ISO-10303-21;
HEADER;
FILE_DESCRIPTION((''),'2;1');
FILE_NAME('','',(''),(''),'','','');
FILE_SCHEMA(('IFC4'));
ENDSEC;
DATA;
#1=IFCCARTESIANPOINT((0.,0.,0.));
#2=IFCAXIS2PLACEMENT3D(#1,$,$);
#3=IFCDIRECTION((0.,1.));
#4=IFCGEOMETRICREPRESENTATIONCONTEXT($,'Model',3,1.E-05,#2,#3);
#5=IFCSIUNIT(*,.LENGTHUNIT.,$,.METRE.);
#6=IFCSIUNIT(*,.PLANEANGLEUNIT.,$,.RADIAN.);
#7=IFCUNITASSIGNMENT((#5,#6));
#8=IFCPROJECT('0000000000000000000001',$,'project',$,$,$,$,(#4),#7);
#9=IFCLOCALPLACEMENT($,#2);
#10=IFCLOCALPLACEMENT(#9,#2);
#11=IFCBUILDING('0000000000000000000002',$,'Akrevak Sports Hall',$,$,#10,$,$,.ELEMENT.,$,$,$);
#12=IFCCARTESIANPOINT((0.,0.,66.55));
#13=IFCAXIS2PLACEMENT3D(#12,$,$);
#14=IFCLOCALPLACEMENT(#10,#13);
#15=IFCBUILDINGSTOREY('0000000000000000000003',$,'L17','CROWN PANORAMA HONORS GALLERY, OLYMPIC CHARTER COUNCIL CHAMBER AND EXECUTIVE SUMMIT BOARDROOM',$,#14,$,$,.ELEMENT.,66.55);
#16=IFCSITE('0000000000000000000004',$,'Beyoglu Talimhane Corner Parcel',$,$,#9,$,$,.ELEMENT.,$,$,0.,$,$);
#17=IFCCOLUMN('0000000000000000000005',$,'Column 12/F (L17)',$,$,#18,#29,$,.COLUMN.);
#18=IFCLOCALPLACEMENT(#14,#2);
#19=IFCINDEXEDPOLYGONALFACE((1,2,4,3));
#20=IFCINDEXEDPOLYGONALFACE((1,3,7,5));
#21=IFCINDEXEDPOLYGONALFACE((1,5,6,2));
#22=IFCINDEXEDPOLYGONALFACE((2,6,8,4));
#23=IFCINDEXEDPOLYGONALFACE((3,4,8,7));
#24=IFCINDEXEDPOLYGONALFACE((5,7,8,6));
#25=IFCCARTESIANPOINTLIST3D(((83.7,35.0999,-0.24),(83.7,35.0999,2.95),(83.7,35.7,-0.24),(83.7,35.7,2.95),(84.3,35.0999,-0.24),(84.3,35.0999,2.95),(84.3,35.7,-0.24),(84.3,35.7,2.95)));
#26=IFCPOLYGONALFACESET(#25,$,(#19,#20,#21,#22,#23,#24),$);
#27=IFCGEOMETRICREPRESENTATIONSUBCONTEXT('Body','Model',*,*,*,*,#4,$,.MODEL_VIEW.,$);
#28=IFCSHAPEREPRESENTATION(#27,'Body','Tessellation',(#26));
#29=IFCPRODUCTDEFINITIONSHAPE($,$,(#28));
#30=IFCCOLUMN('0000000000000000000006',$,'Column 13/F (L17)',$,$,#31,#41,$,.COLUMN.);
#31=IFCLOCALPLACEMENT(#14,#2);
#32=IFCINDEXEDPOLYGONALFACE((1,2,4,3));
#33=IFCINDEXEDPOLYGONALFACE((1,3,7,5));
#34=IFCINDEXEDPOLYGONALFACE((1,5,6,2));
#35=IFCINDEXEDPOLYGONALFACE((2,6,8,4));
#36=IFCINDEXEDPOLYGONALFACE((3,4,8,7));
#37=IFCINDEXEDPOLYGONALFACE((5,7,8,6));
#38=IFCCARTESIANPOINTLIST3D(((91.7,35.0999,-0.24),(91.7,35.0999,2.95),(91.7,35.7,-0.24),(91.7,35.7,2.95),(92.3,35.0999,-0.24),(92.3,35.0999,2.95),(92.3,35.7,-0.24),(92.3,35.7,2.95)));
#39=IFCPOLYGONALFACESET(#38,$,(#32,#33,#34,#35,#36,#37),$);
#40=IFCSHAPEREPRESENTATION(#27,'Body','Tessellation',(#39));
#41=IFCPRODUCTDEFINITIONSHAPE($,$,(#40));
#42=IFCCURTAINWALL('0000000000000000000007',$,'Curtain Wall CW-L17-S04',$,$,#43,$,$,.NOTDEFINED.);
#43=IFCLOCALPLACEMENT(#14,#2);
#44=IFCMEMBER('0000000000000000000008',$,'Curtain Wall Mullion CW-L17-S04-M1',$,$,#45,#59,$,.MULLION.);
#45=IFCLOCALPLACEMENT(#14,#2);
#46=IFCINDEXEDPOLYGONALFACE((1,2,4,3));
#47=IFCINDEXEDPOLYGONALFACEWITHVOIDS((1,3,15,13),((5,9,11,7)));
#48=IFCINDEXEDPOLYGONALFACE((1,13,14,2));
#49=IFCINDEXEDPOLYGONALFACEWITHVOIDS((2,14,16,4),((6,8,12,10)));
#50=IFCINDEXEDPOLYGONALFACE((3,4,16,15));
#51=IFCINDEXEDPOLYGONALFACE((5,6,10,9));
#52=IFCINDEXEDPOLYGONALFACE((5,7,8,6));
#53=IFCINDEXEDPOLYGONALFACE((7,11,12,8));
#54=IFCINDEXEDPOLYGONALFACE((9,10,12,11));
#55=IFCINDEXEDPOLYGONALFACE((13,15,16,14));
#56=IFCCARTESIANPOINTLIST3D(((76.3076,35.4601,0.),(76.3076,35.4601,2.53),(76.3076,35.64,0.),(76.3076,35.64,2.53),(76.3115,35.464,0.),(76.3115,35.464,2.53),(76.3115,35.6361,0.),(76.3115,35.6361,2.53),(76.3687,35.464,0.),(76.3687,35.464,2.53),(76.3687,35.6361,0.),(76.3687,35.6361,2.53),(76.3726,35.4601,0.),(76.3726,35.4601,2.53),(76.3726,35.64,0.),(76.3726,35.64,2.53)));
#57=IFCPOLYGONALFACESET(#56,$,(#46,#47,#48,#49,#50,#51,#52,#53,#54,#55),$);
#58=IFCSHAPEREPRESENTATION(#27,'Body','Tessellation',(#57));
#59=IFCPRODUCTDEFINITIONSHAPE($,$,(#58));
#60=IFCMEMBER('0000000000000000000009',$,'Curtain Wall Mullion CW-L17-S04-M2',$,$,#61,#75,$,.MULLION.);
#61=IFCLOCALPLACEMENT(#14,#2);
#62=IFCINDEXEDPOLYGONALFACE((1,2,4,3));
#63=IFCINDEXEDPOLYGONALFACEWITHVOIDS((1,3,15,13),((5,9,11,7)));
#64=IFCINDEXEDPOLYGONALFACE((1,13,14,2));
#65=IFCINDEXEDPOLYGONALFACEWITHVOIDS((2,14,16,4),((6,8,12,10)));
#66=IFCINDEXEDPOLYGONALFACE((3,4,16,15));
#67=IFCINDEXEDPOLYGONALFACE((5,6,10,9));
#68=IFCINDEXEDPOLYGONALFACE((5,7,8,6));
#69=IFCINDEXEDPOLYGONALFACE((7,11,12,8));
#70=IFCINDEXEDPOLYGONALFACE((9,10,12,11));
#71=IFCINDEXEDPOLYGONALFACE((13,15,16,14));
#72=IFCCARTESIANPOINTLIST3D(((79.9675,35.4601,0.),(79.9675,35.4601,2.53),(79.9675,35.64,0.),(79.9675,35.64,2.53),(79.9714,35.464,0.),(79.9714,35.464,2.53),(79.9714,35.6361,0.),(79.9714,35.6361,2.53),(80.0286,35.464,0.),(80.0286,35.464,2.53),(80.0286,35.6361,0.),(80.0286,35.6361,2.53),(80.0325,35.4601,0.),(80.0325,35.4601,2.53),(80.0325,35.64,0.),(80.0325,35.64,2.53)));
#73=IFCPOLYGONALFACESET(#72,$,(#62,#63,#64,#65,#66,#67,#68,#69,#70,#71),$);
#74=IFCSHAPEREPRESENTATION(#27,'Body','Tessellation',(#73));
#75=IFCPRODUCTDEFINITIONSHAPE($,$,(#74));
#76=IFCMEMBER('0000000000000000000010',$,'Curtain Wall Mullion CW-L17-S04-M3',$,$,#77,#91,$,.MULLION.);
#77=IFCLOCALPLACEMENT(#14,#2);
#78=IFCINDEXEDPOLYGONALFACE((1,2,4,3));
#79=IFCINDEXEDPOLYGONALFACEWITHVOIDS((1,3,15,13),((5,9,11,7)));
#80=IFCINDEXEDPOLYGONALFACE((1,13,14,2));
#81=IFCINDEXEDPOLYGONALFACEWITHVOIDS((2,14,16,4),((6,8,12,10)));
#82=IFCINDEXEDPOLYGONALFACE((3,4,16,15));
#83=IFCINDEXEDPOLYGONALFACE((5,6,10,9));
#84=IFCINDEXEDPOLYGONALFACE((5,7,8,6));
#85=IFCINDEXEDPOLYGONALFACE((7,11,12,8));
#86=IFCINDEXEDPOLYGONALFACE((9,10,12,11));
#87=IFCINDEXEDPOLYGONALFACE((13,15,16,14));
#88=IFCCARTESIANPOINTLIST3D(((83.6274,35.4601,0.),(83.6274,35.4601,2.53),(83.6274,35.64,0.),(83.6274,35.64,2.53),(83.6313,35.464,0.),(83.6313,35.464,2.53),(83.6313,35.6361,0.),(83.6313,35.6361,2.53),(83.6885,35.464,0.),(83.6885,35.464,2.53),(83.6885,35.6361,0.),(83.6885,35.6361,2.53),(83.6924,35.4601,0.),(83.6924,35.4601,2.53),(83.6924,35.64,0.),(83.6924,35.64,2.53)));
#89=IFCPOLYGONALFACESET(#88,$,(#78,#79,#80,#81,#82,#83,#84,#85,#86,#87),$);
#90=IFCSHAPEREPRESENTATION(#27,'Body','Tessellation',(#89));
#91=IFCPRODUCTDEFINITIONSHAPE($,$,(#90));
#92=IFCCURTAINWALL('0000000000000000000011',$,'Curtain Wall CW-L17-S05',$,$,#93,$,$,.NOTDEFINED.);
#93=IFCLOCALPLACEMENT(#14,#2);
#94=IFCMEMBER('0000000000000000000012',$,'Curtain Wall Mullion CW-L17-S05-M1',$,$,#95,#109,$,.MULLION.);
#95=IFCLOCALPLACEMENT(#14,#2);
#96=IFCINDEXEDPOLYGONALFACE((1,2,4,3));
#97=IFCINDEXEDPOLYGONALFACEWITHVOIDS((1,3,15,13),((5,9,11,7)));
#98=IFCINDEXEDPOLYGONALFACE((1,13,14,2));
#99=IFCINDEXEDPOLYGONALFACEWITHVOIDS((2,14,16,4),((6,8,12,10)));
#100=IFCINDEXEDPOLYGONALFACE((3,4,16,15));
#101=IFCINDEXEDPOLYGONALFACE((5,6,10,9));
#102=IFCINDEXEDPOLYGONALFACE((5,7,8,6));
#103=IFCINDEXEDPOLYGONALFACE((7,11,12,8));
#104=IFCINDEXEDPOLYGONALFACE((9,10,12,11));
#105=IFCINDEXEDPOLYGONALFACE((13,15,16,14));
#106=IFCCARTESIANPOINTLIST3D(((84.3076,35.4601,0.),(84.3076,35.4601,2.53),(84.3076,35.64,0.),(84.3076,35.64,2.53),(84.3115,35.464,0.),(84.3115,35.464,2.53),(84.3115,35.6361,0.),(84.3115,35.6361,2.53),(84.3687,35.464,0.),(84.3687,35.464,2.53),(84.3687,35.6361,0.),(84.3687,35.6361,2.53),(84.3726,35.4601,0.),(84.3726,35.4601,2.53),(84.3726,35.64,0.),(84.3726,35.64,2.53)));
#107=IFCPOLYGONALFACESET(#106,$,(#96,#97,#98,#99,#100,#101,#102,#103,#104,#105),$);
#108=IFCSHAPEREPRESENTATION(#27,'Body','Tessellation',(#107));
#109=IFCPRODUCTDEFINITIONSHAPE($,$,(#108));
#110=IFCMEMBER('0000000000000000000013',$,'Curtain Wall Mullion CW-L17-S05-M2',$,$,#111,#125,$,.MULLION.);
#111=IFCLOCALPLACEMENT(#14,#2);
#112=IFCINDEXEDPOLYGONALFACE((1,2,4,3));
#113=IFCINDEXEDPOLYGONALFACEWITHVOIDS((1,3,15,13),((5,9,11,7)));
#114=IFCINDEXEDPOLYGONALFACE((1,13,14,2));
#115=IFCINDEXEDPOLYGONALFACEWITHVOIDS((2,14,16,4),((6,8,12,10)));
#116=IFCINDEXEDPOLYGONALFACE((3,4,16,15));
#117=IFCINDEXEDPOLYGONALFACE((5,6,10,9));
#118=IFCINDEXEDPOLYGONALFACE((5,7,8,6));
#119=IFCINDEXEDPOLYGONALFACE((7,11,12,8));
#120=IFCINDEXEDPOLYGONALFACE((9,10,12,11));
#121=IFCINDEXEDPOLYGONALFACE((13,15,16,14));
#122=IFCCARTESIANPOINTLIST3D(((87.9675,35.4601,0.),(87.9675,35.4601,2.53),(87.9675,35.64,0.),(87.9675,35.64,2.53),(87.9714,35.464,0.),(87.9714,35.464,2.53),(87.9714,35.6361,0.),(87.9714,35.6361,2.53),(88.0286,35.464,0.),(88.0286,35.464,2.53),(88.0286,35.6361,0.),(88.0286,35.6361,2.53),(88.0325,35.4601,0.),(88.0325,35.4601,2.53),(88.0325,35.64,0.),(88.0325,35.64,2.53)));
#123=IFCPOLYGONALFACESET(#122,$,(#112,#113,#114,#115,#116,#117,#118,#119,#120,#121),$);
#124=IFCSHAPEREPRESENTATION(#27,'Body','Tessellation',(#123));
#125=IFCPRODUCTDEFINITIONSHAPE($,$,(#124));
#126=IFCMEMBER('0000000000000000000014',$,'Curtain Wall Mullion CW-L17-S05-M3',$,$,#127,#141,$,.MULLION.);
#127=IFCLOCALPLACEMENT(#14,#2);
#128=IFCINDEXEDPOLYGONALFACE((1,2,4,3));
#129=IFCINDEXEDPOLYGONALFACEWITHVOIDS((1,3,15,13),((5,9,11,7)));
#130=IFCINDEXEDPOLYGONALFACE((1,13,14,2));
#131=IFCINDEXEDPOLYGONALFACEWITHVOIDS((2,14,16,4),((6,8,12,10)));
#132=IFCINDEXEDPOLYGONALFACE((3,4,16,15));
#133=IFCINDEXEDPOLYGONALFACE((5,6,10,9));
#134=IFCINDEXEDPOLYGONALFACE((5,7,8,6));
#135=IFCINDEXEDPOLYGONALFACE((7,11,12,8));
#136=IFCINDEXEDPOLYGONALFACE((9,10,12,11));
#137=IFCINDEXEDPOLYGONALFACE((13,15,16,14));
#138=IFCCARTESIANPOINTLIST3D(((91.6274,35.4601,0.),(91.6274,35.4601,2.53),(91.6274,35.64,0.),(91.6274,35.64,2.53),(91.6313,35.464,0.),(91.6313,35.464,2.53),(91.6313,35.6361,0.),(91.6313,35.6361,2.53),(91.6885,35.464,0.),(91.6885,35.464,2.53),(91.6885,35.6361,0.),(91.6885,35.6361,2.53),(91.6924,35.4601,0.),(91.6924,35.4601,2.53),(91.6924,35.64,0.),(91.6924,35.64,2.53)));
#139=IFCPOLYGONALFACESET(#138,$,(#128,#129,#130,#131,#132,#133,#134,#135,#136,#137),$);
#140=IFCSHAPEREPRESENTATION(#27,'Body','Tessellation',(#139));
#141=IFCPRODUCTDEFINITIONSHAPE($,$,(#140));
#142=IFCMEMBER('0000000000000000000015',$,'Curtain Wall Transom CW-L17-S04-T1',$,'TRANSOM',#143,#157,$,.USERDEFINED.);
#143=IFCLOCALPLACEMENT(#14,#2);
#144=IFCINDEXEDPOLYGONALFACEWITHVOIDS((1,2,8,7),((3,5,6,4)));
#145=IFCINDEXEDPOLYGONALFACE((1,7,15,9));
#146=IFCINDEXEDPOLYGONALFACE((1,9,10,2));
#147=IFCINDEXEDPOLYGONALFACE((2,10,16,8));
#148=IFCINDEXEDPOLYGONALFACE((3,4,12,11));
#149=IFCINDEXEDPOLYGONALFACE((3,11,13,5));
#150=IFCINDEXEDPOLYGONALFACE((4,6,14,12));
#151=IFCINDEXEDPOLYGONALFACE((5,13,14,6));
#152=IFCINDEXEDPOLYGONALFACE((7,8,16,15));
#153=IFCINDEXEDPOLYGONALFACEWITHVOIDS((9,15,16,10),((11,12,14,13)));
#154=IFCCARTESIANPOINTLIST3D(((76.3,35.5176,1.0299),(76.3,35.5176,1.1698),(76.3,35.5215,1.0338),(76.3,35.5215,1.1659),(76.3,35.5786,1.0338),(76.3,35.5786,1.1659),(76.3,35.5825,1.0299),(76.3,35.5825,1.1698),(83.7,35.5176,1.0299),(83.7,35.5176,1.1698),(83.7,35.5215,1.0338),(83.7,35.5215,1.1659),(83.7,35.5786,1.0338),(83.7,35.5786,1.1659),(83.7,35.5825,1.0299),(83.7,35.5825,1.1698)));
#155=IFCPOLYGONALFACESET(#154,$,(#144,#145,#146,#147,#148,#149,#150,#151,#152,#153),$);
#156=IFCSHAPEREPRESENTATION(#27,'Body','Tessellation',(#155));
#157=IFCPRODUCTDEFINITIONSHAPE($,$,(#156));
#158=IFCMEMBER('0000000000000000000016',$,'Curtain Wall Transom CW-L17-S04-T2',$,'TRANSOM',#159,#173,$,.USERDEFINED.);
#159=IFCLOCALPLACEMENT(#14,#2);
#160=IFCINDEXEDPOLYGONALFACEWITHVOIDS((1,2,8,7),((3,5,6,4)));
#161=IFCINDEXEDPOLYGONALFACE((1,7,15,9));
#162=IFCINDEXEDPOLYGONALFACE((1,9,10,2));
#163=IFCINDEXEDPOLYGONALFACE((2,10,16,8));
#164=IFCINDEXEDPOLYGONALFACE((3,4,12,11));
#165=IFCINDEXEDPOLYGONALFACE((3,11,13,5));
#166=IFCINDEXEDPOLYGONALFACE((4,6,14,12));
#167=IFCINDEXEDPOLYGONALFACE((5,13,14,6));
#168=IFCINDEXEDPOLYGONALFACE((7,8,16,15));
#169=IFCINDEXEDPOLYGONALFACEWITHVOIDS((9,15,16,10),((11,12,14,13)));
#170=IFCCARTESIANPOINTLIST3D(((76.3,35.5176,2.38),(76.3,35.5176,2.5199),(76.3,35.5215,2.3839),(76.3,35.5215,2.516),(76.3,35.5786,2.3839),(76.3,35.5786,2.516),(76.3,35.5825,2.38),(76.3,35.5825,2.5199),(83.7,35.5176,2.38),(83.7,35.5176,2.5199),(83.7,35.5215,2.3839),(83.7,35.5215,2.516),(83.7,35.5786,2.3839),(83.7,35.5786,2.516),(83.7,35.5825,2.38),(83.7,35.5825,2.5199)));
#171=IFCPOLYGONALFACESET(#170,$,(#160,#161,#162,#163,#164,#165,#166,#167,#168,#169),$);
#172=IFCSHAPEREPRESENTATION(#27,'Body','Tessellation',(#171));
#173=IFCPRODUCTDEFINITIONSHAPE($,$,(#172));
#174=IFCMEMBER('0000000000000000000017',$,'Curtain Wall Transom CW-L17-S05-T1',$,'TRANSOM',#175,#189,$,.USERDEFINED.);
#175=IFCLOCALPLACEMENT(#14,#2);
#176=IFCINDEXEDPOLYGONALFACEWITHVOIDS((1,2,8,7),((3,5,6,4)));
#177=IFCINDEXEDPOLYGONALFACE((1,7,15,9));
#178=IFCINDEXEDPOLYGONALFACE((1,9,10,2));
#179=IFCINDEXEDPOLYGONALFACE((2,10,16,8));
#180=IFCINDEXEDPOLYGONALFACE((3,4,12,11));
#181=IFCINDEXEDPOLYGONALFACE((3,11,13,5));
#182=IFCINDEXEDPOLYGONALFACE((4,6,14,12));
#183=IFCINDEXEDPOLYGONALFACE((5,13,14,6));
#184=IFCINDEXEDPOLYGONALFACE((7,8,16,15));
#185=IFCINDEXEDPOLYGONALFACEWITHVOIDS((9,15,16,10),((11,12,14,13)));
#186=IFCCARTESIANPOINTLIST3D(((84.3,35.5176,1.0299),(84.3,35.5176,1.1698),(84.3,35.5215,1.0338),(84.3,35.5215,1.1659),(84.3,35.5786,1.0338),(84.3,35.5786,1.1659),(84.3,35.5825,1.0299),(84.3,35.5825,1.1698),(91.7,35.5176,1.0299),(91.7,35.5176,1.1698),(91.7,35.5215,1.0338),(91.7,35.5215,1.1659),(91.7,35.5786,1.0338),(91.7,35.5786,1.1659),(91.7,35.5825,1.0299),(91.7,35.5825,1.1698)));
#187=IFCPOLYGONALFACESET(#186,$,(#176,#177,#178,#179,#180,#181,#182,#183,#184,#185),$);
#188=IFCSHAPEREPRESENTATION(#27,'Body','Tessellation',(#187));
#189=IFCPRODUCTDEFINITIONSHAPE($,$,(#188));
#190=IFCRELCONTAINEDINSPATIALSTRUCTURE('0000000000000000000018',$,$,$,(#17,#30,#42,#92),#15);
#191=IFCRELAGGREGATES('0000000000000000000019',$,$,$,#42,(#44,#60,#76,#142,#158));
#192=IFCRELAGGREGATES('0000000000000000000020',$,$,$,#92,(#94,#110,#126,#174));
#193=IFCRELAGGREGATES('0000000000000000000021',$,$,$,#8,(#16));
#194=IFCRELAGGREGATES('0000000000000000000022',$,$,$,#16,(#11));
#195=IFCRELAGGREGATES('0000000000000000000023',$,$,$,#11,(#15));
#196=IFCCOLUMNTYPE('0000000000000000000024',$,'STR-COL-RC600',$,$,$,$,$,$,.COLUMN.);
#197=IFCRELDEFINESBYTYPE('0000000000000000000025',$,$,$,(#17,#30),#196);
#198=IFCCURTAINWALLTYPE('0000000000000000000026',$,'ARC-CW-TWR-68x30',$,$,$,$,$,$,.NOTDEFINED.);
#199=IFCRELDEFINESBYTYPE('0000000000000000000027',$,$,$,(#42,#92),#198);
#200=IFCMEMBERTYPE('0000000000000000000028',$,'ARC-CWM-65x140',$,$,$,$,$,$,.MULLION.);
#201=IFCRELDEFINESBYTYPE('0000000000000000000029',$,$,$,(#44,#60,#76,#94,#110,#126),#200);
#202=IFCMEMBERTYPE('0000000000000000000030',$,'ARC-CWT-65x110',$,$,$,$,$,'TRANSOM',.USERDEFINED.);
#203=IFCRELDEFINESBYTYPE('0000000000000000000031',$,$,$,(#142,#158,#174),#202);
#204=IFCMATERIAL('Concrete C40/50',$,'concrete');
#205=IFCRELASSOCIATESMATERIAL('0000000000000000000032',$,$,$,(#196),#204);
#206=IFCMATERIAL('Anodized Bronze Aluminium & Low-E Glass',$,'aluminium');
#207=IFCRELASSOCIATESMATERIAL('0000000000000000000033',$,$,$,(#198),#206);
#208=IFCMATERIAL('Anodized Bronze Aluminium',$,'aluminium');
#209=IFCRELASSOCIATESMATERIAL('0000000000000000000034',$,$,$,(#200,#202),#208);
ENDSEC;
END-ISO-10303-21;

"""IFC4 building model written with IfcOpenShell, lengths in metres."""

from ifc_helpers import new_model, si_unit, direction, frame, origin, origin_2d, place, context, subcontext, project, spatial, rectangle, hollow_rectangle, extrude, material, material_profile, profile_set, type_object, element, aggregate, save


model = new_model("IFC4")

# Units and contexts
model_context = context("Model", 3, precision=1e-05, world=origin(), true_north=direction((0.0, 1.0)))
body_context = subcontext(model_context, "Body", "Model", "MODEL_VIEW")
ifc_project = project(units=[si_unit("LENGTHUNIT", "METRE"), si_unit("PLANEANGLEUNIT", "RADIAN")], contexts=[model_context])

# Site, building, storey
site_placement = place(None, origin())
site = spatial("IfcSite", under=ifc_project, at=site_placement, Name="Beyoglu Talimhane Corner Parcel", CompositionType="ELEMENT", RefElevation=0.0)
building_placement = place(site_placement, origin())
building = spatial("IfcBuilding", under=site, at=building_placement, Name="Akrevak Sports Hall", CompositionType="ELEMENT")
storey_placement = place(building_placement, frame((0.0, 0.0, 66.55)))
storey = spatial("IfcBuildingStorey", under=building, at=storey_placement, Name="L17", Description="CROWN PANORAMA HONORS GALLERY, OLYMPIC CHARTER COUNCIL CHAMBER AND EXECUTIVE SUMMIT BOARDROOM", CompositionType="ELEMENT", Elevation=66.55)

# Columns
ifc_material_1 = material(Name="Concrete C40/50", Category="concrete")
ifc_material_profile_1 = material_profile(ifc_material_1, rectangle(XDim=0.6001, YDim=0.6001, at=origin_2d()), Name="RC 600x600", Category="concrete")
ifc_profile_set_1 = profile_set([ifc_material_profile_1], Name="Concrete C40/50")
column_type = type_object("IfcColumnType", Name="STR-COL-RC600", PredefinedType="COLUMN", material=ifc_profile_set_1)
for number, where, z_axis, x_axis, name in (
    (1, (84.0, 35.3999, -0.24), (0.0, 0.0, 1.0), (1.0, 0.0, 0.0), "Column 12/F (L17)"),
    (2, (92.0, 35.3999, -0.24), (0.0, 0.0, 1.0), (1.0, 0.0, 0.0), "Column 13/F (L17)"),
):
    element("IfcColumn", number, at=place(storey_placement, frame(where, z_axis=z_axis, x_axis=x_axis)), inside=storey, type_object=column_type, Name=name, PredefinedType="COLUMN", context=body_context, shape_type="SweptSolid", body=[
        extrude(rectangle(XDim=0.6001, YDim=0.6001, at=origin_2d()), origin(), (0.0, 0.0, 1.0), 3.1899),
    ])

# Curtain walls, members
ifc_material_2 = material(Name="Anodized Bronze Aluminium & Low-E Glass", Category="aluminium")
curtain_wall_type = type_object("IfcCurtainWallType", Name="ARC-CW-TWR-68x30", PredefinedType="NOTDEFINED", material=ifc_material_2)
curtain_wall_1_placement = place(storey_placement, origin())
curtain_wall_1 = element("IfcCurtainWall", 3, at=curtain_wall_1_placement, inside=storey, type_object=curtain_wall_type, Name="Curtain Wall CW-L17-S04", PredefinedType="NOTDEFINED")
ifc_material_3 = material(Name="Anodized Bronze Aluminium", Category="aluminium")
ifc_material_profile_2 = material_profile(ifc_material_3, hollow_rectangle(XDim=0.0649, YDim=0.1799, WallThickness=0.0039, at=origin_2d()), Name="CWM 65x180", Category="aluminium")
ifc_profile_set_2 = profile_set([ifc_material_profile_2], Name="Anodized Bronze Aluminium")
member_type_1 = type_object("IfcMemberType", Name="ARC-CWM-65x140", PredefinedType="MULLION", material=ifc_profile_set_2)
member_1_placement = place(storey_placement, frame((76.3401, 35.55, 0.0), z_axis=(0.0, 0.0, 1.0), x_axis=(1.0, 0.0, 0.0)))
member_1 = element("IfcMember", 4, at=member_1_placement, type_object=member_type_1, Name="Curtain Wall Mullion CW-L17-S04-M1", PredefinedType="MULLION", context=body_context, shape_type="SweptSolid", body=[
    extrude(hollow_rectangle(XDim=0.0649, YDim=0.1799, WallThickness=0.0039, at=origin_2d()), origin(), (0.0, 0.0, 1.0), 2.53),
])
member_2_placement = place(storey_placement, frame((80.0, 35.55, 0.0), z_axis=(0.0, 0.0, 1.0), x_axis=(1.0, 0.0, 0.0)))
member_2 = element("IfcMember", 5, at=member_2_placement, type_object=member_type_1, Name="Curtain Wall Mullion CW-L17-S04-M2", PredefinedType="MULLION", context=body_context, shape_type="SweptSolid", body=[
    extrude(hollow_rectangle(XDim=0.0649, YDim=0.1799, WallThickness=0.0039, at=origin_2d()), origin(), (0.0, 0.0, 1.0), 2.53),
])
member_3_placement = place(storey_placement, frame((83.6599, 35.55, 0.0), z_axis=(0.0, 0.0, 1.0), x_axis=(1.0, 0.0, 0.0)))
member_3 = element("IfcMember", 6, at=member_3_placement, type_object=member_type_1, Name="Curtain Wall Mullion CW-L17-S04-M3", PredefinedType="MULLION", context=body_context, shape_type="SweptSolid", body=[
    extrude(hollow_rectangle(XDim=0.0649, YDim=0.1799, WallThickness=0.0039, at=origin_2d()), origin(), (0.0, 0.0, 1.0), 2.53),
])
curtain_wall_2_placement = place(storey_placement, origin())
curtain_wall_2 = element("IfcCurtainWall", 7, at=curtain_wall_2_placement, inside=storey, type_object=curtain_wall_type, Name="Curtain Wall CW-L17-S05", PredefinedType="NOTDEFINED")
member_4_placement = place(storey_placement, frame((84.3401, 35.55, 0.0), z_axis=(0.0, 0.0, 1.0), x_axis=(1.0, 0.0, 0.0)))
member_4 = element("IfcMember", 8, at=member_4_placement, type_object=member_type_1, Name="Curtain Wall Mullion CW-L17-S05-M1", PredefinedType="MULLION", context=body_context, shape_type="SweptSolid", body=[
    extrude(hollow_rectangle(XDim=0.0649, YDim=0.1799, WallThickness=0.0039, at=origin_2d()), origin(), (0.0, 0.0, 1.0), 2.53),
])
member_5_placement = place(storey_placement, frame((88.0, 35.55, 0.0), z_axis=(0.0, 0.0, 1.0), x_axis=(1.0, 0.0, 0.0)))
member_5 = element("IfcMember", 9, at=member_5_placement, type_object=member_type_1, Name="Curtain Wall Mullion CW-L17-S05-M2", PredefinedType="MULLION", context=body_context, shape_type="SweptSolid", body=[
    extrude(hollow_rectangle(XDim=0.0649, YDim=0.1799, WallThickness=0.0039, at=origin_2d()), origin(), (0.0, 0.0, 1.0), 2.53),
])
member_6_placement = place(storey_placement, frame((91.6599, 35.55, 0.0), z_axis=(0.0, 0.0, 1.0), x_axis=(1.0, 0.0, 0.0)))
member_6 = element("IfcMember", 10, at=member_6_placement, type_object=member_type_1, Name="Curtain Wall Mullion CW-L17-S05-M3", PredefinedType="MULLION", context=body_context, shape_type="SweptSolid", body=[
    extrude(hollow_rectangle(XDim=0.0649, YDim=0.1799, WallThickness=0.0039, at=origin_2d()), origin(), (0.0, 0.0, 1.0), 2.53),
])

# Members
ifc_material_profile_3 = material_profile(ifc_material_3, hollow_rectangle(XDim=0.0649, YDim=0.1399, WallThickness=0.0039, at=origin_2d()), Name="CWT 65x140", Category="aluminium")
ifc_profile_set_3 = profile_set([ifc_material_profile_3], Name="Anodized Bronze Aluminium")
member_type_2 = type_object("IfcMemberType", Name="ARC-CWT-65x110", ElementType="TRANSOM", PredefinedType="USERDEFINED", material=ifc_profile_set_3)
member_7_placement = place(storey_placement, frame((76.3, 35.55, 1.0999), z_axis=(1.0, 0.0, 0.0), x_axis=(0.0, 1.0, 0.0)))
member_7 = element("IfcMember", 11, at=member_7_placement, type_object=member_type_2, Name="Curtain Wall Transom CW-L17-S04-T1", ObjectType="TRANSOM", PredefinedType="USERDEFINED", context=body_context, shape_type="SweptSolid", body=[
    extrude(hollow_rectangle(XDim=0.0649, YDim=0.1399, WallThickness=0.0039, at=origin_2d()), origin(), (0.0, 0.0, 1.0), 7.3999),
])
member_8_placement = place(storey_placement, frame((76.3, 35.55, 2.45), z_axis=(1.0, 0.0, 0.0), x_axis=(0.0, 1.0, 0.0)))
member_8 = element("IfcMember", 12, at=member_8_placement, type_object=member_type_2, Name="Curtain Wall Transom CW-L17-S04-T2", ObjectType="TRANSOM", PredefinedType="USERDEFINED", context=body_context, shape_type="SweptSolid", body=[
    extrude(hollow_rectangle(XDim=0.0649, YDim=0.1399, WallThickness=0.0039, at=origin_2d()), origin(), (0.0, 0.0, 1.0), 7.3999),
])
member_9_placement = place(storey_placement, frame((84.3, 35.55, 1.0999), z_axis=(1.0, 0.0, 0.0), x_axis=(0.0, 1.0, 0.0)))
member_9 = element("IfcMember", 13, at=member_9_placement, type_object=member_type_2, Name="Curtain Wall Transom CW-L17-S05-T1", ObjectType="TRANSOM", PredefinedType="USERDEFINED", context=body_context, shape_type="SweptSolid", body=[
    extrude(hollow_rectangle(XDim=0.0649, YDim=0.1399, WallThickness=0.0039, at=origin_2d()), origin(), (0.0, 0.0, 1.0), 7.3999),
])

aggregate(curtain_wall_1, [member_1, member_2, member_3, member_7, member_8])
aggregate(curtain_wall_2, [member_4, member_5, member_6, member_9])

save(model, "model.ifc")
